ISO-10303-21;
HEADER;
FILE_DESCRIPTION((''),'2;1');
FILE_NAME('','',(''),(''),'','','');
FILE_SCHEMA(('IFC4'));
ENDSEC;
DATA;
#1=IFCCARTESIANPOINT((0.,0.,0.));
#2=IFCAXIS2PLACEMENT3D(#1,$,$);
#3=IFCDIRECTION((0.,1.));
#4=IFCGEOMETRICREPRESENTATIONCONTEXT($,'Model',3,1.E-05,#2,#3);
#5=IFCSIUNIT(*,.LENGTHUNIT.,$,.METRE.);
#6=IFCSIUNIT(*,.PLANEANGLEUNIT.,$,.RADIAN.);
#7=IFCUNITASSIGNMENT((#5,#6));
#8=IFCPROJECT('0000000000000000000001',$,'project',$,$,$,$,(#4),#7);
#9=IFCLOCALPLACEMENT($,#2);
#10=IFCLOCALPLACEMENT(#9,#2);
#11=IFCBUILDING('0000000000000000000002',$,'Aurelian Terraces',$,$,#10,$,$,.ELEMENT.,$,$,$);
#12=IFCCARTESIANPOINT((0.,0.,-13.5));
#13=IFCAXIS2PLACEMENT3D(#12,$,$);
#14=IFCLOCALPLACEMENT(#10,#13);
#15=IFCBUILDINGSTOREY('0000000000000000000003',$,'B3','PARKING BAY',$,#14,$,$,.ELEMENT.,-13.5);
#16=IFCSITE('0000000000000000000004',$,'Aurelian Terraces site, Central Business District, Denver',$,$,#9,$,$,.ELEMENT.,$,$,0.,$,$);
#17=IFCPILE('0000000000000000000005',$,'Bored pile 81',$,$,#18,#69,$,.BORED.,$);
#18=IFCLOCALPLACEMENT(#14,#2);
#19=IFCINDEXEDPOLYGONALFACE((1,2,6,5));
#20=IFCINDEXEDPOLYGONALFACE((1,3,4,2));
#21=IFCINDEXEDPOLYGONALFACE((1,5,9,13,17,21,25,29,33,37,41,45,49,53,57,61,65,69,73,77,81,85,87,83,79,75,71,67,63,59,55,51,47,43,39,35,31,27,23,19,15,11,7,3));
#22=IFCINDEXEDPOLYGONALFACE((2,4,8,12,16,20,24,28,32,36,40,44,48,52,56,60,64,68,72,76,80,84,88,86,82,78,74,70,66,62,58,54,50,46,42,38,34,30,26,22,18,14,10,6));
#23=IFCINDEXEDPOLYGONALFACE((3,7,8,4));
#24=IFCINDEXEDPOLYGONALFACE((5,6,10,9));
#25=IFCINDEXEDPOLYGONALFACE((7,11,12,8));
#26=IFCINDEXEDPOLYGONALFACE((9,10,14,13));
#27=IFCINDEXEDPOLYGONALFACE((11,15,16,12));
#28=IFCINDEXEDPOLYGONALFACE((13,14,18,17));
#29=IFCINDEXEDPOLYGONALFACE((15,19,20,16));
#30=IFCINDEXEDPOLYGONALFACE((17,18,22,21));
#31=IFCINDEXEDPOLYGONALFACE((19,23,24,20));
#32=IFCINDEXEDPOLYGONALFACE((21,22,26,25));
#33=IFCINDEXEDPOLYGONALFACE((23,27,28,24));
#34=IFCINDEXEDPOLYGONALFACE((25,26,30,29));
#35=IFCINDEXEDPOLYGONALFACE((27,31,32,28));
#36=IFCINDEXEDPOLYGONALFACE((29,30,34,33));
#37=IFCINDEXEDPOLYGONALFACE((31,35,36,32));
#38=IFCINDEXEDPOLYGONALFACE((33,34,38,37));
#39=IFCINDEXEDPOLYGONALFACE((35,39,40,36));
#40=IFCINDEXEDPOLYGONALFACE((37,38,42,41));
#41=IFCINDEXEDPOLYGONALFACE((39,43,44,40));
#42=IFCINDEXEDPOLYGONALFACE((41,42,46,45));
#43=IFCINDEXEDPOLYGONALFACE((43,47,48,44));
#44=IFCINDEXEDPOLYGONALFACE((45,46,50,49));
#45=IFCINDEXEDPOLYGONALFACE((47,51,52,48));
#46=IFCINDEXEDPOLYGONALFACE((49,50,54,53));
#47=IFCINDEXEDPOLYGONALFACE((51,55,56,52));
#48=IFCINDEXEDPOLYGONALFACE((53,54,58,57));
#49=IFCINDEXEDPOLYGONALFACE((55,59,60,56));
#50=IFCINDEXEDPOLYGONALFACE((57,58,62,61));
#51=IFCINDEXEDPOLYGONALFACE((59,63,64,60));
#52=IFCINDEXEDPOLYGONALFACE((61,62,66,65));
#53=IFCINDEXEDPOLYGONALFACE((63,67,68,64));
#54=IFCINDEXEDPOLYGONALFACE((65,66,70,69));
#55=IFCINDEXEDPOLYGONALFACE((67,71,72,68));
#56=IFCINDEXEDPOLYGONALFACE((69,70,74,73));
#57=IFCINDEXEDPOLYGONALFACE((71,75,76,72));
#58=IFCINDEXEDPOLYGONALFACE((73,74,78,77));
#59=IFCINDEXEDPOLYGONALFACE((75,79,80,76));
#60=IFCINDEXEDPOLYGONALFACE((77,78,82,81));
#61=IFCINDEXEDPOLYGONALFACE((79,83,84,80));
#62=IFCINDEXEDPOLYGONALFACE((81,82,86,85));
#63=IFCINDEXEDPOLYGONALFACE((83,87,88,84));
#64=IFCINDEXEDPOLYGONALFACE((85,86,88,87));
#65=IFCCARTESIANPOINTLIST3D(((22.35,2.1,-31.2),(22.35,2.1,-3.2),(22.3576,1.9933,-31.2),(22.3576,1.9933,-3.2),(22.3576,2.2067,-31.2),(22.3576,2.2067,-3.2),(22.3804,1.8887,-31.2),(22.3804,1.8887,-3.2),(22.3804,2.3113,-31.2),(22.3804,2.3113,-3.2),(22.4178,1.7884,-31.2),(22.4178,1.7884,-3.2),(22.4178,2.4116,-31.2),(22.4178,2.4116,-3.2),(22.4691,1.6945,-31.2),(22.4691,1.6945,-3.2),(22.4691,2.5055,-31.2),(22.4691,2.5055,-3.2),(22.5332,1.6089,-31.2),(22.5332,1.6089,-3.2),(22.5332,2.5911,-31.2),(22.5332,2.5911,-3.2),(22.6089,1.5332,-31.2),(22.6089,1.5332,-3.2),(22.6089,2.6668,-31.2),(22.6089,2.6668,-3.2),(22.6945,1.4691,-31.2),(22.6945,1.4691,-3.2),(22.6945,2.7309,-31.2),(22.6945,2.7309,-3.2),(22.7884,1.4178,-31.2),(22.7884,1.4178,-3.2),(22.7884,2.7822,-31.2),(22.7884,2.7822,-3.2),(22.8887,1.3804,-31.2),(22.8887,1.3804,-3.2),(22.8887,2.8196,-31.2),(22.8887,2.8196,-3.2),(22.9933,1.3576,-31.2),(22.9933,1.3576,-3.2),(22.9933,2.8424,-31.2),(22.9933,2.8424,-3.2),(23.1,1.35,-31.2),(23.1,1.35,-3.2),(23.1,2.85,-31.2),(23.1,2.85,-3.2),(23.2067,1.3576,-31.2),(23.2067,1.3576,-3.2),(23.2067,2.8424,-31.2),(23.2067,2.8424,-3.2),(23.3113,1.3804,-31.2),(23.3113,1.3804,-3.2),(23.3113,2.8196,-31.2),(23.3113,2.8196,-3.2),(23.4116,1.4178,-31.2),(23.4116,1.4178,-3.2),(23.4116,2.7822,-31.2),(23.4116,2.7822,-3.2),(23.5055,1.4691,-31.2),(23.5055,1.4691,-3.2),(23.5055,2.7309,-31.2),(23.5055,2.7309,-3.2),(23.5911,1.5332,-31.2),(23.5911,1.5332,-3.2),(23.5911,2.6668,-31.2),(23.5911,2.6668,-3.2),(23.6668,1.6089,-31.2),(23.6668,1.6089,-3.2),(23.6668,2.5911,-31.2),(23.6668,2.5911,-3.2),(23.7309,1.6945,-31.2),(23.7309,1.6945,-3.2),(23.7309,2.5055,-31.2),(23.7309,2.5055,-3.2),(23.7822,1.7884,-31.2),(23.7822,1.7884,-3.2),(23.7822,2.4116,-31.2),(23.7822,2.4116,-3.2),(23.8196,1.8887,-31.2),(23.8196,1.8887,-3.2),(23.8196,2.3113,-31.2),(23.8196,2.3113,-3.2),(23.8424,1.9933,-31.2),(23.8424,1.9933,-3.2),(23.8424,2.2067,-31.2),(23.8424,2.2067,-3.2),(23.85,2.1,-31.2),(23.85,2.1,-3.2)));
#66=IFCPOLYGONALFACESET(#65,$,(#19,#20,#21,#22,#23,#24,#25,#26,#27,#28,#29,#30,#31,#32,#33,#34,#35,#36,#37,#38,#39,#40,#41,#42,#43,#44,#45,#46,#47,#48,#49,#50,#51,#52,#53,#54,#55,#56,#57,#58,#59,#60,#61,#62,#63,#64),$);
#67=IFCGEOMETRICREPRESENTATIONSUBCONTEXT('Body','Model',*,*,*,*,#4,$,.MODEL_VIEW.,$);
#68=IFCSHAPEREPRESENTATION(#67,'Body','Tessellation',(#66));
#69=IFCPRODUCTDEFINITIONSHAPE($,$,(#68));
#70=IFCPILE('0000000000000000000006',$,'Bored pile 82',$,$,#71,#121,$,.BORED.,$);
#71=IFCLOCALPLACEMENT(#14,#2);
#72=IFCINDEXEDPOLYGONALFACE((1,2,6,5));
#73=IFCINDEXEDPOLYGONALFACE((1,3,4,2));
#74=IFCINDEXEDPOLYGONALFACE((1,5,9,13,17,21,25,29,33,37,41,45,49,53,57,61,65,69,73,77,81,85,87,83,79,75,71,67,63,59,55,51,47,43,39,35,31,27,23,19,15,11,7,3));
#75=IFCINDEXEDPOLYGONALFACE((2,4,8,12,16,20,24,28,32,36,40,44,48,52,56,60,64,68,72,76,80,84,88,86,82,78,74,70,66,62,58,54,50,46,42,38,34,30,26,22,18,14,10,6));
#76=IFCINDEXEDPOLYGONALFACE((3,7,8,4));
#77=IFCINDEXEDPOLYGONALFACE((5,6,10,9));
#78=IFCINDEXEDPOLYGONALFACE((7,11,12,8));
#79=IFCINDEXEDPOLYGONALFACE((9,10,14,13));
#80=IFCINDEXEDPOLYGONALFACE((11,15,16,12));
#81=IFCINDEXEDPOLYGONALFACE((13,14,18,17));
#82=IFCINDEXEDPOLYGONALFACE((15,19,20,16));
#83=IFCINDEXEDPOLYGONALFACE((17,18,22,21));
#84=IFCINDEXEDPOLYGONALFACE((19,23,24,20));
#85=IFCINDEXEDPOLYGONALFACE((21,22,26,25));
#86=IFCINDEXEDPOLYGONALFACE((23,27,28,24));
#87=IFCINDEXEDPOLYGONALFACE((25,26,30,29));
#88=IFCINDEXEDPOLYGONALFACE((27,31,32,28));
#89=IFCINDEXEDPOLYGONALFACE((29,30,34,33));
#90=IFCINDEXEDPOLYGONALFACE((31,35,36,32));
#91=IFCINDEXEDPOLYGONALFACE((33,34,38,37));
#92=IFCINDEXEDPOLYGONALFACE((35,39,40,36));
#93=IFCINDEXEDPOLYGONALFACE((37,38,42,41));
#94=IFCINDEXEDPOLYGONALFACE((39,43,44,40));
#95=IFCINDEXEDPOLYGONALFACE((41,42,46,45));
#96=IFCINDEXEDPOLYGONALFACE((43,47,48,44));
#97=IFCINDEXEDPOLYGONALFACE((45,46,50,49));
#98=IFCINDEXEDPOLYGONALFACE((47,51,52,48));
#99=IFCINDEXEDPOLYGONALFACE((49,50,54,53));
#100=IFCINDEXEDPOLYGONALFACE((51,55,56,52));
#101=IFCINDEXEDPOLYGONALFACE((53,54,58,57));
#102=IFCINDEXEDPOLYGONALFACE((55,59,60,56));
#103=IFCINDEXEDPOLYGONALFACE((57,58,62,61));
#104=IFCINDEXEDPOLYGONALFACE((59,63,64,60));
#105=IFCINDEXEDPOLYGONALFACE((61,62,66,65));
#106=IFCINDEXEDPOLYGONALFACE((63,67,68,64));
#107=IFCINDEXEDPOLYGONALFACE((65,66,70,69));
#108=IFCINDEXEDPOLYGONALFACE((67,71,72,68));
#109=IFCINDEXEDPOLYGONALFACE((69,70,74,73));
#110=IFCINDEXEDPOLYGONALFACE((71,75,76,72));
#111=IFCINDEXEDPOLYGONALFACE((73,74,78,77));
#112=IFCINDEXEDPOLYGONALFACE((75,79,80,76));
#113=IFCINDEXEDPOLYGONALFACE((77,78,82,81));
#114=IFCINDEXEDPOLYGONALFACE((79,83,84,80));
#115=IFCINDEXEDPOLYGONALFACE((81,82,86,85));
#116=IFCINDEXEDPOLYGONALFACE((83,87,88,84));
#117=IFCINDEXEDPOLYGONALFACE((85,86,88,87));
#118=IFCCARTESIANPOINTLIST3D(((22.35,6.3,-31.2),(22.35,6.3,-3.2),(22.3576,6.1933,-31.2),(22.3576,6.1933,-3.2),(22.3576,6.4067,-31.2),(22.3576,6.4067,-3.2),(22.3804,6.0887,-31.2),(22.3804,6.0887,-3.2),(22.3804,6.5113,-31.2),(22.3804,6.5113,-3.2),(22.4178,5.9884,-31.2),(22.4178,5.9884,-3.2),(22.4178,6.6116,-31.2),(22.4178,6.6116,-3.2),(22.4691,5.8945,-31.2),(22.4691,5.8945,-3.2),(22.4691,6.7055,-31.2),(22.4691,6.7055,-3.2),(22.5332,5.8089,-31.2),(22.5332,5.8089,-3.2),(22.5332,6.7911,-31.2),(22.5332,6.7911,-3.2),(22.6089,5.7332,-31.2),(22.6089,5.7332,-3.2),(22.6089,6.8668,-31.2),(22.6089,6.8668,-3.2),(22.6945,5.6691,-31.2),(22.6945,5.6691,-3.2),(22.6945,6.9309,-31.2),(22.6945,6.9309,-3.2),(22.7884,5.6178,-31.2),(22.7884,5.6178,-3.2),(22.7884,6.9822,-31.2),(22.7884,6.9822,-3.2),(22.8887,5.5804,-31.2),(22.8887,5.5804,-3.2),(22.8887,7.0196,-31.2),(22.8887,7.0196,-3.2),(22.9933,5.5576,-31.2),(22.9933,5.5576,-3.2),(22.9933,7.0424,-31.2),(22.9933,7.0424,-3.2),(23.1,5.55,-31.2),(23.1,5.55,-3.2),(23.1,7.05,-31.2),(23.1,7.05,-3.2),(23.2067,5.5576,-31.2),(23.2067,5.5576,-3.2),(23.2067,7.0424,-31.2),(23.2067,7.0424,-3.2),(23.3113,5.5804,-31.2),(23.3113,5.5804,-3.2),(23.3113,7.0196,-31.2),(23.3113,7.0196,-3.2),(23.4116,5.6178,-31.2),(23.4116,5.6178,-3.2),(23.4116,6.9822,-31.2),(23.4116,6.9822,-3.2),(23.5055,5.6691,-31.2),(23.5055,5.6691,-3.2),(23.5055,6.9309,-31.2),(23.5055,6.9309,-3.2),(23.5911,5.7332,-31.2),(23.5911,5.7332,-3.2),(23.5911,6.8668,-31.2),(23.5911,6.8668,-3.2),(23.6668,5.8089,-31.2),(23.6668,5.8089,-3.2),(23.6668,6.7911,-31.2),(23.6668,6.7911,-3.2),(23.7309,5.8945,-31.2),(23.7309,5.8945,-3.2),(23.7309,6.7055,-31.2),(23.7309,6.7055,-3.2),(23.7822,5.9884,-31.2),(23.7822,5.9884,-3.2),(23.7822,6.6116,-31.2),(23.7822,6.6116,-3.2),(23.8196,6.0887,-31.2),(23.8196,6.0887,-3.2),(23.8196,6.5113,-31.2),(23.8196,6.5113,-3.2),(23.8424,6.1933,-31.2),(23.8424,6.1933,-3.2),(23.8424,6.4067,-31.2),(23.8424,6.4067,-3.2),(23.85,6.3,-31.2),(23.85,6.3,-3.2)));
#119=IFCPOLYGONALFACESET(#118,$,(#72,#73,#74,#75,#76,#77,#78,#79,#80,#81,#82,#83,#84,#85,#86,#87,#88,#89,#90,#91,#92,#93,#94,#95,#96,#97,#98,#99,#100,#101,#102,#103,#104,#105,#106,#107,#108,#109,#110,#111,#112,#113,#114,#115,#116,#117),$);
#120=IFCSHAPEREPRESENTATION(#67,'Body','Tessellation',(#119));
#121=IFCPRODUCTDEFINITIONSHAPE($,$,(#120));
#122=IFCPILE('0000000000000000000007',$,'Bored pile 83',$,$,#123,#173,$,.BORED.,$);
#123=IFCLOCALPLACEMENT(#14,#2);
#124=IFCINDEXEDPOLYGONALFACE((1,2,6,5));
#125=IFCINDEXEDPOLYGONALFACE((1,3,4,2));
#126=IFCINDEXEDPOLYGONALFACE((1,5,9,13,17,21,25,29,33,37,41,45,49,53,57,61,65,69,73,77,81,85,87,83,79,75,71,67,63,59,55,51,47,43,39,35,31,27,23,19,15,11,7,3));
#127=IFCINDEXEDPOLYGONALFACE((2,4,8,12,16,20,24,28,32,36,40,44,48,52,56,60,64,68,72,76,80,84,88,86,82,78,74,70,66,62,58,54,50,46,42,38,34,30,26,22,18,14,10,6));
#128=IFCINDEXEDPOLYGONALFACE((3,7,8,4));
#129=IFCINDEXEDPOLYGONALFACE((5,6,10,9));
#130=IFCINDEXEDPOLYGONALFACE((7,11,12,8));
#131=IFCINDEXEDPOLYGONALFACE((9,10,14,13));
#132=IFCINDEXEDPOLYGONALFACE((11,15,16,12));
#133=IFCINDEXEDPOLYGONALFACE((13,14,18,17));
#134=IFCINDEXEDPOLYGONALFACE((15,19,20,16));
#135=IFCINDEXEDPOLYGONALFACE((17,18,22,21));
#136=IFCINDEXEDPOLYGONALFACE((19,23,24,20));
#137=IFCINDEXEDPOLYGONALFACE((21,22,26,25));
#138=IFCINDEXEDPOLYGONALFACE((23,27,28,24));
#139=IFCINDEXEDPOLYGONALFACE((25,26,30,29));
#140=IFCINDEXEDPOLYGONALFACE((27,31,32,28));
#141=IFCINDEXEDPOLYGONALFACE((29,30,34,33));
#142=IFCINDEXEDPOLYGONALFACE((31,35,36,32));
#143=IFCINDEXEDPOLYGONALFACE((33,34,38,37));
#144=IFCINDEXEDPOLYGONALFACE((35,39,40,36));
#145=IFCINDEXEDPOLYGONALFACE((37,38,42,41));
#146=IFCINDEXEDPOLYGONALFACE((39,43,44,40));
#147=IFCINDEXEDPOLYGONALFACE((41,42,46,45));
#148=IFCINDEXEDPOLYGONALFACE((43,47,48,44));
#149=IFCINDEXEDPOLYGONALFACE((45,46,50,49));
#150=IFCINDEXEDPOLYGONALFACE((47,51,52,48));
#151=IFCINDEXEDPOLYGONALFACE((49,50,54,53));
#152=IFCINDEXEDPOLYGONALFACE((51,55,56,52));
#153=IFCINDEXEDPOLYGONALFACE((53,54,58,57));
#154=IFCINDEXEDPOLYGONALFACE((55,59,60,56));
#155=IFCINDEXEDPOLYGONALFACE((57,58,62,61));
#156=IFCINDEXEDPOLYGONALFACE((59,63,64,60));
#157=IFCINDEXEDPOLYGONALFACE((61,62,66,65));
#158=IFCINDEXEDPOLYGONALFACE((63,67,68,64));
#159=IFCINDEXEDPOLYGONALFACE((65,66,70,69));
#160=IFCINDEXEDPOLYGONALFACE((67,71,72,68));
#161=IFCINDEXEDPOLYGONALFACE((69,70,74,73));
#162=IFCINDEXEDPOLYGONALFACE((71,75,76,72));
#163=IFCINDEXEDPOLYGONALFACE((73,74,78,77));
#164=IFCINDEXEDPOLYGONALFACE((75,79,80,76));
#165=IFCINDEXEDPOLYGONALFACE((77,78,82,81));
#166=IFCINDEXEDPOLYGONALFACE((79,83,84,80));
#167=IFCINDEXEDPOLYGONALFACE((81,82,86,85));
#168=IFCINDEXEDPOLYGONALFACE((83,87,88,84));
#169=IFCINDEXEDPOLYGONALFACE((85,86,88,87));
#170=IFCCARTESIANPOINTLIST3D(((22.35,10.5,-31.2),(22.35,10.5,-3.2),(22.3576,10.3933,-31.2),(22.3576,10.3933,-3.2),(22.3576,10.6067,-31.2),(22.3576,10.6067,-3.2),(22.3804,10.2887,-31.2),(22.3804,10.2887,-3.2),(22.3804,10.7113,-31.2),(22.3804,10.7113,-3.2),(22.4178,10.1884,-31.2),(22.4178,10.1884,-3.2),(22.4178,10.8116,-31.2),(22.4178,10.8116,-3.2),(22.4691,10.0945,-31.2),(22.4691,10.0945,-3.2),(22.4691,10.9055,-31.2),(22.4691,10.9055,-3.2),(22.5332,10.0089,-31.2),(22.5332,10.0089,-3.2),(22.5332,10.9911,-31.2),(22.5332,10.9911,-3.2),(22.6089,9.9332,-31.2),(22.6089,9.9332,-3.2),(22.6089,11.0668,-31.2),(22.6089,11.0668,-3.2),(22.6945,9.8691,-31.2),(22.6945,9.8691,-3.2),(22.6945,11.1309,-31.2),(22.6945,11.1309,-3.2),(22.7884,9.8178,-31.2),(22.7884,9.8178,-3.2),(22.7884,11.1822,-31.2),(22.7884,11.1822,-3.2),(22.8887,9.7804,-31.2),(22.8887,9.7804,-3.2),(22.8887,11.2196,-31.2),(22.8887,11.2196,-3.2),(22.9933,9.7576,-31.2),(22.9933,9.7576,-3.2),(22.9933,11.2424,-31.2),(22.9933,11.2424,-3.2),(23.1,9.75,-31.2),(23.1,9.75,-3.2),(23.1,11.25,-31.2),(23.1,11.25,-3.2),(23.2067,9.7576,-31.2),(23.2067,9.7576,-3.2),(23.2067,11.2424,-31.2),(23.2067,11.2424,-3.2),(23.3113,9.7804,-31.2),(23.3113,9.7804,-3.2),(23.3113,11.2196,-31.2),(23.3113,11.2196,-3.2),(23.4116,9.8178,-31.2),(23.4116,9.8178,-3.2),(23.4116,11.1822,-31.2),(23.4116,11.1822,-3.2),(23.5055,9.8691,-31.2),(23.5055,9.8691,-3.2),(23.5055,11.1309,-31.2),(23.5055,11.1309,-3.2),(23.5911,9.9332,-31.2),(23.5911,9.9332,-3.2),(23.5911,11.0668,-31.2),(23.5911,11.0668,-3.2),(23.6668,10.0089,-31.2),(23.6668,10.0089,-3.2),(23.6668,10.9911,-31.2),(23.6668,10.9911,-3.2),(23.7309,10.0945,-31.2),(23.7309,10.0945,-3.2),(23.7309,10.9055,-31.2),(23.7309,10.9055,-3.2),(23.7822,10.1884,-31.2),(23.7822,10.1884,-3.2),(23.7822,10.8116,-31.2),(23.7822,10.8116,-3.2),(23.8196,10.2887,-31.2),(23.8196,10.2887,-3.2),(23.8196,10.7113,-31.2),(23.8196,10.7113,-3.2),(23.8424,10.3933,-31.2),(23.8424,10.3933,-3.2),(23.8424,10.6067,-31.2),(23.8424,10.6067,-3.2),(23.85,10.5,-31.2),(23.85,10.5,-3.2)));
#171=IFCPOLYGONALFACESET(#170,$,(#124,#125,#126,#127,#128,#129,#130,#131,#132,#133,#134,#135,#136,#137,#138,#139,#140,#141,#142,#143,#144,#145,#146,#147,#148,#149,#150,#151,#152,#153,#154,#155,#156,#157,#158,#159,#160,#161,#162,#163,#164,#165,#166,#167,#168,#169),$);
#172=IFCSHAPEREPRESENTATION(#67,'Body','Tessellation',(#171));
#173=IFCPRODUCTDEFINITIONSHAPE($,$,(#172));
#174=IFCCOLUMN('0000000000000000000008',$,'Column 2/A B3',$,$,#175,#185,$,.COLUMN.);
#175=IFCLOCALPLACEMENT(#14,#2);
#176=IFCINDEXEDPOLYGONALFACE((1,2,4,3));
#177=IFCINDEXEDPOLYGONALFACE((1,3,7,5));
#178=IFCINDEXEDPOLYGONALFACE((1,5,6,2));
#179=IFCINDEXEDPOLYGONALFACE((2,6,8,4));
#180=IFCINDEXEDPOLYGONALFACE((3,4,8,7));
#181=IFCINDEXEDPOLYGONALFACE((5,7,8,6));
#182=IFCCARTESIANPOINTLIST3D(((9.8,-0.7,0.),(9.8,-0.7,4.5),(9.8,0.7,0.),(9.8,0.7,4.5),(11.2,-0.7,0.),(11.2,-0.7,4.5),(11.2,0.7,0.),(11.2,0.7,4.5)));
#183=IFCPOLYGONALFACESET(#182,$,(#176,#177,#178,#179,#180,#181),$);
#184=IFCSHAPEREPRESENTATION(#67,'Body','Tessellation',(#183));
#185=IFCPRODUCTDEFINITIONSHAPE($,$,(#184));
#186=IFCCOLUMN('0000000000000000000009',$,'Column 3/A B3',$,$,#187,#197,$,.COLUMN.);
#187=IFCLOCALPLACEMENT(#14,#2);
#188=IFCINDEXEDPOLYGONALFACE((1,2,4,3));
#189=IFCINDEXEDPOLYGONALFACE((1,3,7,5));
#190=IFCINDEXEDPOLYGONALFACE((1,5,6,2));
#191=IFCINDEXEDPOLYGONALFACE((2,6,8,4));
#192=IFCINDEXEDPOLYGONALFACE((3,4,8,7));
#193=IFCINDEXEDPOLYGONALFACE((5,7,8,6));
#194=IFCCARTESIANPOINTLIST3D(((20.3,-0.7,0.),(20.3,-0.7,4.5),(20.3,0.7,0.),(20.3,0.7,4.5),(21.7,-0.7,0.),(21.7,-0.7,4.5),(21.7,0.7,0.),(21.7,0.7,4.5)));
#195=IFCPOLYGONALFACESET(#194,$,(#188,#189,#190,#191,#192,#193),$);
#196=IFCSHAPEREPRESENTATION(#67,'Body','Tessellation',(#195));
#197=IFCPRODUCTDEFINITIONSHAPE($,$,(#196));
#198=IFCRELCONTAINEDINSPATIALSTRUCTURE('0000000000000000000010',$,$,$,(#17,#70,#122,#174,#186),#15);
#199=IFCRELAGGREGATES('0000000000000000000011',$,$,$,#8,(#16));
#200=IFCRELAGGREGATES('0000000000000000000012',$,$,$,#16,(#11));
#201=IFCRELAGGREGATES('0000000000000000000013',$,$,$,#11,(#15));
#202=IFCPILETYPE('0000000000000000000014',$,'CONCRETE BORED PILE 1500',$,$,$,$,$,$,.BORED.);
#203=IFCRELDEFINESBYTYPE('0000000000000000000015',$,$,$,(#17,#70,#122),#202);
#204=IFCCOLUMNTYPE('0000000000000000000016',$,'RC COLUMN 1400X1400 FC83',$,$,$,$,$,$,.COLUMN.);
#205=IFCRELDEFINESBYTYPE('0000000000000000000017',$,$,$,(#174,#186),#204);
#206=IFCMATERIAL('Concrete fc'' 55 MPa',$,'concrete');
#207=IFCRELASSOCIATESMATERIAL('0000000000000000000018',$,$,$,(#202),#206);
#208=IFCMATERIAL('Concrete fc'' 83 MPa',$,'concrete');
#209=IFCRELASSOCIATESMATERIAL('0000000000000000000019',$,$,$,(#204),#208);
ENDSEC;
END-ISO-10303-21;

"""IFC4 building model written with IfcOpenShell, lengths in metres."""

from ifc_helpers import new_model, si_unit, direction, frame, origin, origin_2d, place, context, subcontext, project, spatial, rectangle, circle, extrude, source, transform, mapped, material, material_profile, profile_set, type_object, element, save


model = new_model("IFC4")

# Units and contexts
model_context = context("Model", 3, precision=1e-05, world=origin(), true_north=direction((0.0, 1.0)))
body_context = subcontext(model_context, "Body", "Model", "MODEL_VIEW")
ifc_project = project(units=[si_unit("LENGTHUNIT", "METRE"), si_unit("PLANEANGLEUNIT", "RADIAN")], contexts=[model_context])

# Site, building, storey
site_placement = place(None, origin())
site = spatial("IfcSite", under=ifc_project, at=site_placement, Name="Aurelian Terraces site, Central Business District, Denver", CompositionType="ELEMENT", RefElevation=0.0)
building_placement = place(site_placement, origin())
building = spatial("IfcBuilding", under=site, at=building_placement, Name="Aurelian Terraces", CompositionType="ELEMENT")
storey_placement = place(building_placement, frame((0.0, 0.0, -13.5)))
storey = spatial("IfcBuildingStorey", under=building, at=storey_placement, Name="B3", Description="PARKING BAY", CompositionType="ELEMENT", Elevation=-13.5)

# Piles
ifc_material_1 = material(Name="Concrete fc' 55 MPa", Category="concrete")
ifc_material_profile_1 = material_profile(ifc_material_1, circle(Radius=0.75, at=origin_2d()))
ifc_profile_set_1 = profile_set([ifc_material_profile_1], Name="Concrete fc' 55 MPa")
pile_type = type_object("IfcPileType", Name="CONCRETE BORED PILE 1500", PredefinedType="BORED", material=ifc_profile_set_1)
shared_shape_1 = source(origin(), body_context, "Body", "SweptSolid", [
    extrude(circle(Radius=0.75, at=origin_2d()), origin(), (0.0, 0.0, 1.0), 28.0),
])
for number, where, z_axis, x_axis, name in (
    (1, (23.1, 2.1, -3.2), (0.0, 0.0, -1.0), (1.0, 0.0, 0.0), "Bored pile 81"),
    (2, (23.1, 6.3, -3.2), (0.0, 0.0, -1.0), (1.0, 0.0, 0.0), "Bored pile 82"),
    (3, (23.1, 10.5, -3.2), (0.0, 0.0, -1.0), (1.0, 0.0, 0.0), "Bored pile 83"),
):
    element("IfcPile", number, at=place(storey_placement, frame(where, z_axis=z_axis, x_axis=x_axis)), inside=storey, type_object=pile_type, Name=name, PredefinedType="BORED", context=body_context, shape_type="MappedRepresentation", body=[
        mapped(shared_shape_1, transform((0.0, 0.0, 0.0), scale=1.0)),
    ])

# Columns
ifc_material_2 = material(Name="Concrete fc' 83 MPa", Category="concrete")
ifc_material_profile_2 = material_profile(ifc_material_2, rectangle(XDim=1.4, YDim=1.4, at=origin_2d()))
ifc_profile_set_2 = profile_set([ifc_material_profile_2], Name="Concrete fc' 83 MPa")
column_type = type_object("IfcColumnType", Name="RC COLUMN 1400X1400 FC83", PredefinedType="COLUMN", material=ifc_profile_set_2)
shared_shape_2 = source(origin(), body_context, "Body", "SweptSolid", [
    extrude(rectangle(XDim=1.4, YDim=1.4, at=origin_2d()), origin(), (0.0, 0.0, 1.0), 4.5),
])
for number, where, z_axis, x_axis, name in (
    (4, (10.5, 0.0, 0.0), (0.0, 0.0, 1.0), (1.0, 0.0, 0.0), "Column 2/A B3"),
    (5, (21.0, 0.0, 0.0), (0.0, 0.0, 1.0), (1.0, 0.0, 0.0), "Column 3/A B3"),
):
    element("IfcColumn", number, at=place(storey_placement, frame(where, z_axis=z_axis, x_axis=x_axis)), inside=storey, type_object=column_type, Name=name, PredefinedType="COLUMN", context=body_context, shape_type="MappedRepresentation", body=[
        mapped(shared_shape_2, transform((0.0, 0.0, 0.0), scale=1.0)),
    ])

save(model, "model.ifc")
